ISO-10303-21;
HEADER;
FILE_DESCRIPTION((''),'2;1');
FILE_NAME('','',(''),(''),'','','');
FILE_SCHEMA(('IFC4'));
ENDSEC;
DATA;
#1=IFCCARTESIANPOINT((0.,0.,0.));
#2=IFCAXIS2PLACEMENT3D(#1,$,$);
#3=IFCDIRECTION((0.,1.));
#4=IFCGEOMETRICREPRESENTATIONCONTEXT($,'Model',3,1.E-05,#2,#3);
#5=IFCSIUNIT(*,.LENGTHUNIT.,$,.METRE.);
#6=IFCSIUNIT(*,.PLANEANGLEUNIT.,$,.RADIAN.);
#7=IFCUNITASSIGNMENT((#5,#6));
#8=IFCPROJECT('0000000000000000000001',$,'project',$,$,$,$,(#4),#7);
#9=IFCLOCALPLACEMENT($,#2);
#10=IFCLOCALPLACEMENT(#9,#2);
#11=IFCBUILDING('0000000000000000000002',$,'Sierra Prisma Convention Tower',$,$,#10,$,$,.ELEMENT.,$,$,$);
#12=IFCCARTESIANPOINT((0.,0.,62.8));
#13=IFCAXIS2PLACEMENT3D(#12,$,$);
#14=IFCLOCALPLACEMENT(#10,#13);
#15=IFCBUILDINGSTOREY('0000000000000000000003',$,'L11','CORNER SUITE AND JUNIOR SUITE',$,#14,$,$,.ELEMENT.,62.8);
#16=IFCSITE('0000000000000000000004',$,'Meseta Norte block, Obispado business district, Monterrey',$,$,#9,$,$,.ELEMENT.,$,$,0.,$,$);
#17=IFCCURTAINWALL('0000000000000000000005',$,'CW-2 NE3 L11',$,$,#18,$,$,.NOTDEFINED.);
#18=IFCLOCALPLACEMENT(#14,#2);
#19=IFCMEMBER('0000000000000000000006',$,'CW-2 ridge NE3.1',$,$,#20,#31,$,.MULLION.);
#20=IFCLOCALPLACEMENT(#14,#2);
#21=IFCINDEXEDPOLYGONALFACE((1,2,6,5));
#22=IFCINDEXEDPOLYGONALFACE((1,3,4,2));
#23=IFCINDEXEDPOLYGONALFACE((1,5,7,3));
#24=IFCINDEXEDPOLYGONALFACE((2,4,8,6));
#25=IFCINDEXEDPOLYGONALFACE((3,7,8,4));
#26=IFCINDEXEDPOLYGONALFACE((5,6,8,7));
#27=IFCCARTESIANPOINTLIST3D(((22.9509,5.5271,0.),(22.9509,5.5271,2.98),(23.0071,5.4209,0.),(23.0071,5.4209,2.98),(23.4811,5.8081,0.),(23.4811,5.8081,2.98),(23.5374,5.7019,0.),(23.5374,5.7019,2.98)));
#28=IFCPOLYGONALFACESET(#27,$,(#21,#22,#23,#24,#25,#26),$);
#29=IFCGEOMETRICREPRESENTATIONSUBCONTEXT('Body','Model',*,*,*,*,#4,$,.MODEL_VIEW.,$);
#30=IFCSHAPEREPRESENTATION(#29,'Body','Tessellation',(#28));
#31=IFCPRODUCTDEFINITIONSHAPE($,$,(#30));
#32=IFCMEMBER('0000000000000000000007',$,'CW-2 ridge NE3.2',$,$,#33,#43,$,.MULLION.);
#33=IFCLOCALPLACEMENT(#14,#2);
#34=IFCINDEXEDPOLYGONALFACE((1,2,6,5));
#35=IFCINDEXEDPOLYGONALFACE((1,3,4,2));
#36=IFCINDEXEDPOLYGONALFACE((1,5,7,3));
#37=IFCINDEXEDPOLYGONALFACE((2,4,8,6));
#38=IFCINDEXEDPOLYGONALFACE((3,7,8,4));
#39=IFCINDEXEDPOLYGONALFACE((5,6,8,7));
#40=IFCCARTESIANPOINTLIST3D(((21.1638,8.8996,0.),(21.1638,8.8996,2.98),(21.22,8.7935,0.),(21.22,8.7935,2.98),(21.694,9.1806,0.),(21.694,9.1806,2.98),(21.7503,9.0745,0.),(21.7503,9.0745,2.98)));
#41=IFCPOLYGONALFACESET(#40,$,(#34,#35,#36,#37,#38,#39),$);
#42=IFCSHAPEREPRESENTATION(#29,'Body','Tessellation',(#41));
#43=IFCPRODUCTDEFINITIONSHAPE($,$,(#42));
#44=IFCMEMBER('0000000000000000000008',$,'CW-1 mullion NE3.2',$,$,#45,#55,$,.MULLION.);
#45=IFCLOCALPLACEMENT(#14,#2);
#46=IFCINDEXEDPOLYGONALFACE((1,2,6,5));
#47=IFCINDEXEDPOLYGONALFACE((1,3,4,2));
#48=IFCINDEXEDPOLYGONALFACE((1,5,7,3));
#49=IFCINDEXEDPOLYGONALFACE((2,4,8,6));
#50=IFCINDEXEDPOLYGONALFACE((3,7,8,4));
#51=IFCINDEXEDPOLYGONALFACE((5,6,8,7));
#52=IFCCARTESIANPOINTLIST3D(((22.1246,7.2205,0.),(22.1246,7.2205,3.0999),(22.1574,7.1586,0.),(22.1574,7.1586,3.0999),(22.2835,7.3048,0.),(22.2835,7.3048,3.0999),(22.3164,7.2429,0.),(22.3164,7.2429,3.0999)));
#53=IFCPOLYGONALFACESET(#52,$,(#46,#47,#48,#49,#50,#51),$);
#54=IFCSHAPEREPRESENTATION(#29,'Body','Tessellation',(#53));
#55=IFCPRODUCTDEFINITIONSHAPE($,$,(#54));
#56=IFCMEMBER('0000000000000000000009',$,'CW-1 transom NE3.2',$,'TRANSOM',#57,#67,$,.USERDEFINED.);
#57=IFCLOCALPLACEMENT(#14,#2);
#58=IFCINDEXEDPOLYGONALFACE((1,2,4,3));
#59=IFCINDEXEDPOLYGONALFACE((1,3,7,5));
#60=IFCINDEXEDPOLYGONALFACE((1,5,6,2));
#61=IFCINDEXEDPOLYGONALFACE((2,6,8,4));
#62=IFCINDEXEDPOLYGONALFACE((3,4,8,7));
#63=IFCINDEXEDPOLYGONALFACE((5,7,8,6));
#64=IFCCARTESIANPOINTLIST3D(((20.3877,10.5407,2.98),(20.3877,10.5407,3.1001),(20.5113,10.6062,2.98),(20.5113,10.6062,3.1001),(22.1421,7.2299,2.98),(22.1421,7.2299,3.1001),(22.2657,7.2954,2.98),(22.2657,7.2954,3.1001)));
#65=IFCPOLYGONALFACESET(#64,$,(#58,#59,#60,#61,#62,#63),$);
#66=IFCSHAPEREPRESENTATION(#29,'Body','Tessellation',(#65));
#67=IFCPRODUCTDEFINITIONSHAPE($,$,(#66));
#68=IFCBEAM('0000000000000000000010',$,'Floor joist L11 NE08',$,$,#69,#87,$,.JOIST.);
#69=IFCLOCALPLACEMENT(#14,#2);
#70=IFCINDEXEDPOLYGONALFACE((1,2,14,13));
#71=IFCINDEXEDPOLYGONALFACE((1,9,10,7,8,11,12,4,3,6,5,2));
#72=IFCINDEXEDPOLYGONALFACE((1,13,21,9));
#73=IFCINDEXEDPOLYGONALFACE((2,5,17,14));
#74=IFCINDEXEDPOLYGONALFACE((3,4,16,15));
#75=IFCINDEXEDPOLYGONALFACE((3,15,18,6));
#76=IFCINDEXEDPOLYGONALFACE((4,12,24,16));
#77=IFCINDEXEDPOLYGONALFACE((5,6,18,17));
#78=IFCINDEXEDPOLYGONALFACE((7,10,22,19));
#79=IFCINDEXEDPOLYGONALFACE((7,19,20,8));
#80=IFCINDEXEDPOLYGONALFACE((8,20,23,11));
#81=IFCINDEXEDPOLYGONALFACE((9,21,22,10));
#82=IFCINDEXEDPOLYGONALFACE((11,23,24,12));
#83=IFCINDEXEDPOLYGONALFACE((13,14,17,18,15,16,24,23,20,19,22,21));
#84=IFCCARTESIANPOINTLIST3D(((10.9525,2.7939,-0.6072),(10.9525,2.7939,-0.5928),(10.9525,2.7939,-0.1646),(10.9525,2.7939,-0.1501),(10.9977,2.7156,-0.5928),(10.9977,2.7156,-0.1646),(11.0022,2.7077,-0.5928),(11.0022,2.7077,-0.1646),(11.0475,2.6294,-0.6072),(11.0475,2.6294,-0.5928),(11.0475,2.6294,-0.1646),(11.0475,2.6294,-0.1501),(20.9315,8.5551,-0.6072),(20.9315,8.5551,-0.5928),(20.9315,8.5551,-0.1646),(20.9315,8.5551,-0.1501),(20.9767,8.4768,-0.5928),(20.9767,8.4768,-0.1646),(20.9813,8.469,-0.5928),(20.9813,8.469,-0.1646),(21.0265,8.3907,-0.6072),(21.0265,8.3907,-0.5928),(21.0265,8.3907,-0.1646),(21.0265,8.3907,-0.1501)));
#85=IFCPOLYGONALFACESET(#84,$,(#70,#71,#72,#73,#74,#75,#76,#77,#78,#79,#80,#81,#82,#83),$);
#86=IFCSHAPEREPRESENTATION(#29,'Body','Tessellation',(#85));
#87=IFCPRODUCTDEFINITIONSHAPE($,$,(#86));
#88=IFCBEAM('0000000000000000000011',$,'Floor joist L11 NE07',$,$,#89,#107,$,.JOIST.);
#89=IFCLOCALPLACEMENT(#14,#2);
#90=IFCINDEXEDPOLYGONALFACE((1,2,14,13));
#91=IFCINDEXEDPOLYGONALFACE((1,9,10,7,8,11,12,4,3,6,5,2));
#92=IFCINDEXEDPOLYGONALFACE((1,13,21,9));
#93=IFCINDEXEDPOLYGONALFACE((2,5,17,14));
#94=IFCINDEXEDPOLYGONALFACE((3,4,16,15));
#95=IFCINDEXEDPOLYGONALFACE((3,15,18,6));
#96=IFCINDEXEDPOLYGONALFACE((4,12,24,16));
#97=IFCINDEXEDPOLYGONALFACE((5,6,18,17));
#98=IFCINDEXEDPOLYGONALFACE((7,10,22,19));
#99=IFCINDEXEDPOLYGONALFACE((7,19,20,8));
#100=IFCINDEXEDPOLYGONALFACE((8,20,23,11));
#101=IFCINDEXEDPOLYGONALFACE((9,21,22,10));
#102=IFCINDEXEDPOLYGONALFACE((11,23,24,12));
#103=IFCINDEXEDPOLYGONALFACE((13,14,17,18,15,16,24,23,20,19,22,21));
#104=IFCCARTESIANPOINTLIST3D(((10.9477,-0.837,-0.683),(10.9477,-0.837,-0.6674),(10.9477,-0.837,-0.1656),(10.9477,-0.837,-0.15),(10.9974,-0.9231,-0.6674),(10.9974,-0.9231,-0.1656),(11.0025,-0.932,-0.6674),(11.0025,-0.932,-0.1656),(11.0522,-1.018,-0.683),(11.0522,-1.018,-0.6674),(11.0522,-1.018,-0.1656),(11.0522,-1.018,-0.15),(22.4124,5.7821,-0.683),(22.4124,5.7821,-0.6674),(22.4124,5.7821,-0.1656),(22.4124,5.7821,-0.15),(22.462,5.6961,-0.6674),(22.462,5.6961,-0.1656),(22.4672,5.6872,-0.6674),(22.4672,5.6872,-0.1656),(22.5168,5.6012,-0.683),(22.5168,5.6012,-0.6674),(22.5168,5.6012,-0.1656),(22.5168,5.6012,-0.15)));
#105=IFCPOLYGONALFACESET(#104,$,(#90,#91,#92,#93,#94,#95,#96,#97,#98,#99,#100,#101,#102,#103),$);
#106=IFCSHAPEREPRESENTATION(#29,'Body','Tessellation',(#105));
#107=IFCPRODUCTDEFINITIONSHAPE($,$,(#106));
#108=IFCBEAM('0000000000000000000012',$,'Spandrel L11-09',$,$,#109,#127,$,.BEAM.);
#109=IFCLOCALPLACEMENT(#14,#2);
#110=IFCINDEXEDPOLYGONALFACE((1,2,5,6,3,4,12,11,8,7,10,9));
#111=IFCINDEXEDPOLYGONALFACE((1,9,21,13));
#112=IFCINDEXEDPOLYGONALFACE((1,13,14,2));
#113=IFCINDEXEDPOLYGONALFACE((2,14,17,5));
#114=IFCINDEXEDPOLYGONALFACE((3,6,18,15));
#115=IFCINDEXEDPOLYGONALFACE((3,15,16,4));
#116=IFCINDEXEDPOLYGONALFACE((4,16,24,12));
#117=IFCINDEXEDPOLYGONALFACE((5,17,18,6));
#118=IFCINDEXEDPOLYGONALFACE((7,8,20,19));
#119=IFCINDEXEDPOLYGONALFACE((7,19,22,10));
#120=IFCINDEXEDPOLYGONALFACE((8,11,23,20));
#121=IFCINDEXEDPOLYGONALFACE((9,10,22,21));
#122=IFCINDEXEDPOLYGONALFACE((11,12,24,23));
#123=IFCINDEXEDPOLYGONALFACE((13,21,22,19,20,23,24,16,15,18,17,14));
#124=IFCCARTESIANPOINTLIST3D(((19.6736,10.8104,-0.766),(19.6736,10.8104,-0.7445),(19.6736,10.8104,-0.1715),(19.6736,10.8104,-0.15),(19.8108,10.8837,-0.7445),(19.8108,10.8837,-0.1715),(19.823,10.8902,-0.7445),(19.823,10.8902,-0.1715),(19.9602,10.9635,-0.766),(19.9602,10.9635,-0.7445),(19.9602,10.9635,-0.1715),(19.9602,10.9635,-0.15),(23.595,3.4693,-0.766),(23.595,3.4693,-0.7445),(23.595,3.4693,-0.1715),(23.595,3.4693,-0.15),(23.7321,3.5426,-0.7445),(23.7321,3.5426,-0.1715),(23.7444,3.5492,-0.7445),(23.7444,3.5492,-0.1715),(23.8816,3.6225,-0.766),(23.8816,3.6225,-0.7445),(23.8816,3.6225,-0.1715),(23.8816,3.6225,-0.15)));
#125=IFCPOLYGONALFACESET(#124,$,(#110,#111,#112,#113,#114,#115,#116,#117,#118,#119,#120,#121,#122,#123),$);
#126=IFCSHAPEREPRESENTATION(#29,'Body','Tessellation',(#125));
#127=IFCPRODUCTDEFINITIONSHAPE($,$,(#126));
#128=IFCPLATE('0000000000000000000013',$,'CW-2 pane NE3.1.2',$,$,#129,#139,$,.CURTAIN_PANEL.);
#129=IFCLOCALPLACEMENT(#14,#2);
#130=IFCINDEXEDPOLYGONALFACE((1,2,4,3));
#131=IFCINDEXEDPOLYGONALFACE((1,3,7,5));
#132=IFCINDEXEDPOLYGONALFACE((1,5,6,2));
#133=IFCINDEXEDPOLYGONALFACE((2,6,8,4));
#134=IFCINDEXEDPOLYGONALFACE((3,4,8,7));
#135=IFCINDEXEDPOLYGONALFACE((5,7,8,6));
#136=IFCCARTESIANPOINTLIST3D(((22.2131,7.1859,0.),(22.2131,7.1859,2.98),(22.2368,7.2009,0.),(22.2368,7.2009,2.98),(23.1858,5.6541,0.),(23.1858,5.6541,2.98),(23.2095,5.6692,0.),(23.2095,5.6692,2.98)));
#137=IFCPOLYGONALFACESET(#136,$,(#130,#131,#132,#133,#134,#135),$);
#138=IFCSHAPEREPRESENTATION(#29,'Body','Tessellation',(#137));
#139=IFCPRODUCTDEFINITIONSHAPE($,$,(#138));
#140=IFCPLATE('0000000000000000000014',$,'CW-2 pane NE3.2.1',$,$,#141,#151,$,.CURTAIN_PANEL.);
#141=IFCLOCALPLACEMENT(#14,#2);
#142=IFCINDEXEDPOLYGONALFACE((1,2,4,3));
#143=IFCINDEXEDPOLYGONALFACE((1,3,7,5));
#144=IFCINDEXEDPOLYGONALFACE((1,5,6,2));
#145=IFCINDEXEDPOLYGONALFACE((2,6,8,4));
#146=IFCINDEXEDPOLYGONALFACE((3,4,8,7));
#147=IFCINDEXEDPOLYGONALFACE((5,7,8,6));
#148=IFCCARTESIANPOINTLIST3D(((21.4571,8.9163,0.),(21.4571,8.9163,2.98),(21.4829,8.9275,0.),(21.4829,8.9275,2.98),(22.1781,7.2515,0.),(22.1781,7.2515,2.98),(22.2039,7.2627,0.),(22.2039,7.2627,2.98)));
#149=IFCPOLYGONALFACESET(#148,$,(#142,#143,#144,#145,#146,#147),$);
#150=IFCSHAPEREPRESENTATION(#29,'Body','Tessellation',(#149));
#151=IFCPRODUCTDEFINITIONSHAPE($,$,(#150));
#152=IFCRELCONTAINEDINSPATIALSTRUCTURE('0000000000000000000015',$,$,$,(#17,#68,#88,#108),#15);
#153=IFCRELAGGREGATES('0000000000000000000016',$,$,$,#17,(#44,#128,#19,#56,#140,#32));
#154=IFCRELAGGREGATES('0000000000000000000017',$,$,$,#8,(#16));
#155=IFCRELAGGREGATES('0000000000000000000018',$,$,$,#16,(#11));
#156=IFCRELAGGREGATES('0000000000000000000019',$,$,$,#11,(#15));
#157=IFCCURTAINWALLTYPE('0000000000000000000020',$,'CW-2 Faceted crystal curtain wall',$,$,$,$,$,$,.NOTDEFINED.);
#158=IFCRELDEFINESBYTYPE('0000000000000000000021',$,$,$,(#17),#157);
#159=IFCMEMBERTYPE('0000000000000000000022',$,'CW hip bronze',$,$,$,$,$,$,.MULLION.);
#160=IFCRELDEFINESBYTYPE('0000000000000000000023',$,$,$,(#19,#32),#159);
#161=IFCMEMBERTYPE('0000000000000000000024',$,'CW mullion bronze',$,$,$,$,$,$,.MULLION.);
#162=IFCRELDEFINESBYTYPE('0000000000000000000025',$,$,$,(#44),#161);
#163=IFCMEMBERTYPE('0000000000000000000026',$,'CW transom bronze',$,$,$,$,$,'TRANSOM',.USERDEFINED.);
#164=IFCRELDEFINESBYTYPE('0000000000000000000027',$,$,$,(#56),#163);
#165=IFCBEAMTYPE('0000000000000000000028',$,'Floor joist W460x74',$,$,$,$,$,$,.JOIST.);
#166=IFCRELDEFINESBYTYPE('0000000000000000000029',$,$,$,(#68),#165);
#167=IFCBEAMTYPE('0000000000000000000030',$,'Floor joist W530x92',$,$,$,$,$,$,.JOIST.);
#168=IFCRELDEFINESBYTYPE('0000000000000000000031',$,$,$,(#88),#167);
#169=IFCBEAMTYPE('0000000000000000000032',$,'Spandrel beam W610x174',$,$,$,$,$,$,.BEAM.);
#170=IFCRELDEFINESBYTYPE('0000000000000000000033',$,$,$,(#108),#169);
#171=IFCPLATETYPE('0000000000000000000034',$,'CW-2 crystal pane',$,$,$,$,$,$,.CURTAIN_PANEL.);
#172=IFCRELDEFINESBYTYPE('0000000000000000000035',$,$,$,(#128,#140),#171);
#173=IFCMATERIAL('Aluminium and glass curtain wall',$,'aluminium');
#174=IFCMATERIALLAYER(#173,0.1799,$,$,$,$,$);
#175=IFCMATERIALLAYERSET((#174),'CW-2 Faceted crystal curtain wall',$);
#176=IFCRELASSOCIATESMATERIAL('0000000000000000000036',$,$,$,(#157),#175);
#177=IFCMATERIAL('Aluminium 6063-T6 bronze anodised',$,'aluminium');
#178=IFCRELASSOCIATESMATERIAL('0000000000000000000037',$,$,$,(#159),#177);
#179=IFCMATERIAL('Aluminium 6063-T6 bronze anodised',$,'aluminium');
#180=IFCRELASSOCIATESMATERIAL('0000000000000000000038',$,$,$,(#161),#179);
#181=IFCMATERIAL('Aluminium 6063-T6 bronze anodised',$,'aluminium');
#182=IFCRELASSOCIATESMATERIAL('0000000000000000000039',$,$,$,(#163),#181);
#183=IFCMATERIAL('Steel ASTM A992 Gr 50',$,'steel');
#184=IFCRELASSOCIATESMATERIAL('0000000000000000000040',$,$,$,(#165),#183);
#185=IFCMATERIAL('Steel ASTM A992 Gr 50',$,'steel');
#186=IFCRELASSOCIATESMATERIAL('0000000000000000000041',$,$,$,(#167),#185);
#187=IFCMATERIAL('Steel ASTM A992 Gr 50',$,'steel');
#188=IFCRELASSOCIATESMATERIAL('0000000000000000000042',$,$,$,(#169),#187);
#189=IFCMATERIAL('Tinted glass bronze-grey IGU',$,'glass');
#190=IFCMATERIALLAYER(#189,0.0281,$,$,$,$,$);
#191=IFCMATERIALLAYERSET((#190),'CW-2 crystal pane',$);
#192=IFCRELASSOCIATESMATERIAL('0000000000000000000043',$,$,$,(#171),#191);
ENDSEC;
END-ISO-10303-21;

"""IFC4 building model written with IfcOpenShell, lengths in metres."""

from ifc_helpers import new_model, si_unit, direction, frame, origin, origin_2d, place, context, subcontext, project, spatial, polyline, rectangle, i_section, outline, extrude, material, layer, layer_set, material_profile, profile_set, type_object, element, aggregate, save


model = new_model("IFC4")

# Units and contexts
model_context = context("Model", 3, precision=1e-05, world=origin(), true_north=direction((0.0, 1.0)))
body_context = subcontext(model_context, "Body", "Model", "MODEL_VIEW")
ifc_project = project(units=[si_unit("LENGTHUNIT", "METRE"), si_unit("PLANEANGLEUNIT", "RADIAN")], contexts=[model_context])

# Site, building, storey
site_placement = place(None, origin())
site = spatial("IfcSite", under=ifc_project, at=site_placement, Name="Meseta Norte block, Obispado business district, Monterrey", CompositionType="ELEMENT", RefElevation=0.0)
building_placement = place(site_placement, origin())
building = spatial("IfcBuilding", under=site, at=building_placement, Name="Sierra Prisma Convention Tower", CompositionType="ELEMENT")
storey_placement = place(building_placement, frame((0.0, 0.0, 62.8)))
storey = spatial("IfcBuildingStorey", under=building, at=storey_placement, Name="L11", Description="CORNER SUITE AND JUNIOR SUITE", CompositionType="ELEMENT", Elevation=62.8)

# Curtain wall, members
ifc_material_1 = material(Name="Aluminium and glass curtain wall", Category="aluminium")
ifc_layer_1 = layer(ifc_material_1, 0.1799)
ifc_layer_set_1 = layer_set([ifc_layer_1], Name="CW-2 Faceted crystal curtain wall")
curtain_wall_type = type_object("IfcCurtainWallType", Name="CW-2 Faceted crystal curtain wall", PredefinedType="NOTDEFINED", material=ifc_layer_set_1)
curtain_wall_placement = place(storey_placement, origin())
curtain_wall = element("IfcCurtainWall", 1, at=curtain_wall_placement, inside=storey, type_object=curtain_wall_type, Name="CW-2 NE3 L11", PredefinedType="NOTDEFINED")
ifc_material_2 = material(Name="Aluminium 6063-T6 bronze anodised", Category="aluminium")
ifc_material_profile_1 = material_profile(ifc_material_2, rectangle(XDim=0.1201, YDim=0.6001, at=origin_2d()), Name="ALU RIDGE BLADE 120x600")
ifc_profile_set_1 = profile_set([ifc_material_profile_1], Name="Aluminium 6063-T6 bronze anodised")
member_type_1 = type_object("IfcMemberType", Name="CW hip bronze", PredefinedType="MULLION", material=ifc_profile_set_1)
member_1_placement = place(storey_placement, frame((23.2441, 5.6145, 0.0), z_axis=(0.0, 0.0, 1.0), x_axis=(-0.468233, 0.883605, 0.0)))
member_1 = element("IfcMember", 2, at=member_1_placement, type_object=member_type_1, Name="CW-2 ridge NE3.1", PredefinedType="MULLION", context=body_context, shape_type="SweptSolid", body=[
    extrude(rectangle(XDim=0.1201, YDim=0.6001, at=origin_2d()), origin(), (0.0, 0.0, 1.0), 2.98),
])
member_2_placement = place(storey_placement, frame((21.457, 8.9871, 0.0), z_axis=(0.0, 0.0, 1.0), x_axis=(-0.468233, 0.883605, 0.0)))
member_2 = element("IfcMember", 3, at=member_2_placement, type_object=member_type_1, Name="CW-2 ridge NE3.2", PredefinedType="MULLION", context=body_context, shape_type="SweptSolid", body=[
    extrude(rectangle(XDim=0.1201, YDim=0.6001, at=origin_2d()), origin(), (0.0, 0.0, 1.0), 2.98),
])
ifc_material_3 = material(Name="Aluminium 6063-T6 bronze anodised", Category="aluminium")
ifc_material_profile_2 = material_profile(ifc_material_3, rectangle(XDim=0.1799, YDim=0.0701, at=origin_2d()), Name="ALU MULLION 70x180")
ifc_profile_set_2 = profile_set([ifc_material_profile_2], Name="Aluminium 6063-T6 bronze anodised")
member_type_2 = type_object("IfcMemberType", Name="CW mullion bronze", PredefinedType="MULLION", material=ifc_profile_set_2)
member_3_placement = place(storey_placement, frame((22.2205, 7.2317, 0.0), z_axis=(0.0, 0.0, 1.0), x_axis=(-0.883605, -0.468233, 0.0)))
member_3 = element("IfcMember", 4, at=member_3_placement, type_object=member_type_2, Name="CW-1 mullion NE3.2", PredefinedType="MULLION", context=body_context, shape_type="SweptSolid", body=[
    extrude(rectangle(XDim=0.1799, YDim=0.0701, at=origin_2d()), origin(), (0.0, 0.0, 1.0), 3.0999),
])
ifc_material_4 = material(Name="Aluminium 6063-T6 bronze anodised", Category="aluminium")
ifc_material_profile_3 = material_profile(ifc_material_4, rectangle(XDim=0.1399, YDim=0.1201, at=origin_2d()), Name="ALU TRANSOM 120x140")
ifc_profile_set_3 = profile_set([ifc_material_profile_3], Name="Aluminium 6063-T6 bronze anodised")
member_type_3 = type_object("IfcMemberType", Name="CW transom bronze", ElementType="TRANSOM", PredefinedType="USERDEFINED", material=ifc_profile_set_3)
member_4_placement = place(storey_placement, frame((22.2039, 7.2627, 3.04), z_axis=(-0.468226, 0.883609, 0.0), x_axis=(-0.883609, -0.468226, 0.0)))
member_4 = element("IfcMember", 5, at=member_4_placement, type_object=member_type_3, Name="CW-1 transom NE3.2", ObjectType="TRANSOM", PredefinedType="USERDEFINED", context=body_context, shape_type="SweptSolid", body=[
    extrude(rectangle(XDim=0.1399, YDim=0.1201, at=origin_2d()), origin(), (0.0, 0.0, 1.0), 3.7468),
])

# Beams
ifc_material_5 = material(Name="Steel ASTM A992 Gr 50", Category="steel")
ifc_material_profile_4 = material_profile(ifc_material_5, i_section(OverallWidth=0.1899, OverallDepth=0.457, WebThickness=0.009, FlangeThickness=0.0144, at=origin_2d()), Name="W460x74")
ifc_profile_set_4 = profile_set([ifc_material_profile_4], Name="Steel ASTM A992 Gr 50")
beam_type_1 = type_object("IfcBeamType", Name="Floor joist W460x74", PredefinedType="JOIST", material=ifc_profile_set_4)
beam_1_placement = place(storey_placement, frame((20.979, 8.4729, -0.3787), z_axis=(-0.866031, -0.49999, 0.0), x_axis=(0.49999, -0.866031, 0.0)))
element("IfcBeam", 6, at=beam_1_placement, inside=storey, type_object=beam_type_1, Name="Floor joist L11 NE08", PredefinedType="JOIST", context=body_context, shape_type="SweptSolid", body=[
    extrude(i_section(OverallWidth=0.1899, OverallDepth=0.457, WebThickness=0.009, FlangeThickness=0.0144, at=origin_2d()), origin(), (0.0, 0.0, 1.0), 11.5227),
])
ifc_material_6 = material(Name="Steel ASTM A992 Gr 50", Category="steel")
ifc_material_profile_5 = material_profile(ifc_material_6, i_section(OverallWidth=0.209, OverallDepth=0.533, WebThickness=0.0103, FlangeThickness=0.0156, at=origin_2d()), Name="W530x92")
ifc_profile_set_5 = profile_set([ifc_material_profile_5], Name="Steel ASTM A992 Gr 50")
beam_type_2 = type_object("IfcBeamType", Name="Floor joist W530x92", PredefinedType="JOIST", material=ifc_profile_set_5)
beam_2_placement = place(storey_placement, frame((22.4646, 5.6917, -0.4165), z_axis=(-0.866024, -0.500003, 0.0), x_axis=(0.500003, -0.866024, 0.0)))
element("IfcBeam", 7, at=beam_2_placement, inside=storey, type_object=beam_type_2, Name="Floor joist L11 NE07", PredefinedType="JOIST", context=body_context, shape_type="SweptSolid", body=[
    extrude(i_section(OverallWidth=0.209, OverallDepth=0.533, WebThickness=0.0103, FlangeThickness=0.0156, at=origin_2d()), origin(), (0.0, 0.0, 1.0), 13.2383),
])
ifc_material_7 = material(Name="Steel ASTM A992 Gr 50", Category="steel")
ifc_material_profile_6 = material_profile(ifc_material_7, i_section(OverallWidth=0.325, OverallDepth=0.616, WebThickness=0.0139, FlangeThickness=0.0215, at=origin_2d()), Name="W610x174")
ifc_profile_set_6 = profile_set([ifc_material_profile_6], Name="Steel ASTM A992 Gr 50")
beam_type_3 = type_object("IfcBeamType", Name="Spandrel beam W610x174", PredefinedType="BEAM", material=ifc_profile_set_6)
beam_3_placement = place(storey_placement, frame((23.7383, 3.5459, -0.458), z_axis=(-0.471164, 0.882046, 0.0), x_axis=(-0.882046, -0.471164, 0.0)))
element("IfcBeam", 8, at=beam_3_placement, inside=storey, type_object=beam_type_3, Name="Spandrel L11-09", PredefinedType="BEAM", context=body_context, shape_type="SweptSolid", body=[
    extrude(i_section(OverallWidth=0.325, OverallDepth=0.616, WebThickness=0.0139, FlangeThickness=0.0215, at=origin_2d()), origin(), (0.0, 0.0, 1.0), 8.3228),
])

# Plates
ifc_material_8 = material(Name="Tinted glass bronze-grey IGU", Category="glass")
ifc_layer_2 = layer(ifc_material_8, 0.0281)
ifc_layer_set_2 = layer_set([ifc_layer_2], Name="CW-2 crystal pane")
plate_type = type_object("IfcPlateType", Name="CW-2 crystal pane", PredefinedType="CURTAIN_PANEL", material=ifc_layer_set_2)
plate_1_placement = place(storey_placement, frame((22.2368, 7.2009, 0.0), z_axis=(0.844182, 0.536057, 0.0), x_axis=(0.536057, -0.844182, 0.0)))
plate_1 = element("IfcPlate", 9, at=plate_1_placement, type_object=plate_type, Name="CW-2 pane NE3.1.2", PredefinedType="CURTAIN_PANEL", context=body_context, shape_type="SweptSolid", body=[
    extrude(outline(polyline([(0.0, 0.0), (1.8145, 0.0), (1.8145, -2.98), (0.0, -2.98), (0.0, 0.0)])), origin(), (0.0, 0.0, -1.0), 0.0281),
])
plate_2_placement = place(storey_placement, frame((22.2039, 7.2627, 0.0), z_axis=(0.917649, 0.397392, 0.0), x_axis=(-0.397392, 0.917649, 0.0)))
plate_2 = element("IfcPlate", 10, at=plate_2_placement, type_object=plate_type, Name="CW-2 pane NE3.2.1", PredefinedType="CURTAIN_PANEL", context=body_context, shape_type="SweptSolid", body=[
    extrude(outline(polyline([(0.0, 0.0), (1.8142, 0.0), (1.8142, 2.98), (0.0, 2.98), (0.0, 0.0)])), origin(), (0.0, 0.0, -1.0), 0.0281),
])
aggregate(curtain_wall, [member_3, plate_1, member_1, member_4, plate_2, member_2])

save(model, "model.ifc")
